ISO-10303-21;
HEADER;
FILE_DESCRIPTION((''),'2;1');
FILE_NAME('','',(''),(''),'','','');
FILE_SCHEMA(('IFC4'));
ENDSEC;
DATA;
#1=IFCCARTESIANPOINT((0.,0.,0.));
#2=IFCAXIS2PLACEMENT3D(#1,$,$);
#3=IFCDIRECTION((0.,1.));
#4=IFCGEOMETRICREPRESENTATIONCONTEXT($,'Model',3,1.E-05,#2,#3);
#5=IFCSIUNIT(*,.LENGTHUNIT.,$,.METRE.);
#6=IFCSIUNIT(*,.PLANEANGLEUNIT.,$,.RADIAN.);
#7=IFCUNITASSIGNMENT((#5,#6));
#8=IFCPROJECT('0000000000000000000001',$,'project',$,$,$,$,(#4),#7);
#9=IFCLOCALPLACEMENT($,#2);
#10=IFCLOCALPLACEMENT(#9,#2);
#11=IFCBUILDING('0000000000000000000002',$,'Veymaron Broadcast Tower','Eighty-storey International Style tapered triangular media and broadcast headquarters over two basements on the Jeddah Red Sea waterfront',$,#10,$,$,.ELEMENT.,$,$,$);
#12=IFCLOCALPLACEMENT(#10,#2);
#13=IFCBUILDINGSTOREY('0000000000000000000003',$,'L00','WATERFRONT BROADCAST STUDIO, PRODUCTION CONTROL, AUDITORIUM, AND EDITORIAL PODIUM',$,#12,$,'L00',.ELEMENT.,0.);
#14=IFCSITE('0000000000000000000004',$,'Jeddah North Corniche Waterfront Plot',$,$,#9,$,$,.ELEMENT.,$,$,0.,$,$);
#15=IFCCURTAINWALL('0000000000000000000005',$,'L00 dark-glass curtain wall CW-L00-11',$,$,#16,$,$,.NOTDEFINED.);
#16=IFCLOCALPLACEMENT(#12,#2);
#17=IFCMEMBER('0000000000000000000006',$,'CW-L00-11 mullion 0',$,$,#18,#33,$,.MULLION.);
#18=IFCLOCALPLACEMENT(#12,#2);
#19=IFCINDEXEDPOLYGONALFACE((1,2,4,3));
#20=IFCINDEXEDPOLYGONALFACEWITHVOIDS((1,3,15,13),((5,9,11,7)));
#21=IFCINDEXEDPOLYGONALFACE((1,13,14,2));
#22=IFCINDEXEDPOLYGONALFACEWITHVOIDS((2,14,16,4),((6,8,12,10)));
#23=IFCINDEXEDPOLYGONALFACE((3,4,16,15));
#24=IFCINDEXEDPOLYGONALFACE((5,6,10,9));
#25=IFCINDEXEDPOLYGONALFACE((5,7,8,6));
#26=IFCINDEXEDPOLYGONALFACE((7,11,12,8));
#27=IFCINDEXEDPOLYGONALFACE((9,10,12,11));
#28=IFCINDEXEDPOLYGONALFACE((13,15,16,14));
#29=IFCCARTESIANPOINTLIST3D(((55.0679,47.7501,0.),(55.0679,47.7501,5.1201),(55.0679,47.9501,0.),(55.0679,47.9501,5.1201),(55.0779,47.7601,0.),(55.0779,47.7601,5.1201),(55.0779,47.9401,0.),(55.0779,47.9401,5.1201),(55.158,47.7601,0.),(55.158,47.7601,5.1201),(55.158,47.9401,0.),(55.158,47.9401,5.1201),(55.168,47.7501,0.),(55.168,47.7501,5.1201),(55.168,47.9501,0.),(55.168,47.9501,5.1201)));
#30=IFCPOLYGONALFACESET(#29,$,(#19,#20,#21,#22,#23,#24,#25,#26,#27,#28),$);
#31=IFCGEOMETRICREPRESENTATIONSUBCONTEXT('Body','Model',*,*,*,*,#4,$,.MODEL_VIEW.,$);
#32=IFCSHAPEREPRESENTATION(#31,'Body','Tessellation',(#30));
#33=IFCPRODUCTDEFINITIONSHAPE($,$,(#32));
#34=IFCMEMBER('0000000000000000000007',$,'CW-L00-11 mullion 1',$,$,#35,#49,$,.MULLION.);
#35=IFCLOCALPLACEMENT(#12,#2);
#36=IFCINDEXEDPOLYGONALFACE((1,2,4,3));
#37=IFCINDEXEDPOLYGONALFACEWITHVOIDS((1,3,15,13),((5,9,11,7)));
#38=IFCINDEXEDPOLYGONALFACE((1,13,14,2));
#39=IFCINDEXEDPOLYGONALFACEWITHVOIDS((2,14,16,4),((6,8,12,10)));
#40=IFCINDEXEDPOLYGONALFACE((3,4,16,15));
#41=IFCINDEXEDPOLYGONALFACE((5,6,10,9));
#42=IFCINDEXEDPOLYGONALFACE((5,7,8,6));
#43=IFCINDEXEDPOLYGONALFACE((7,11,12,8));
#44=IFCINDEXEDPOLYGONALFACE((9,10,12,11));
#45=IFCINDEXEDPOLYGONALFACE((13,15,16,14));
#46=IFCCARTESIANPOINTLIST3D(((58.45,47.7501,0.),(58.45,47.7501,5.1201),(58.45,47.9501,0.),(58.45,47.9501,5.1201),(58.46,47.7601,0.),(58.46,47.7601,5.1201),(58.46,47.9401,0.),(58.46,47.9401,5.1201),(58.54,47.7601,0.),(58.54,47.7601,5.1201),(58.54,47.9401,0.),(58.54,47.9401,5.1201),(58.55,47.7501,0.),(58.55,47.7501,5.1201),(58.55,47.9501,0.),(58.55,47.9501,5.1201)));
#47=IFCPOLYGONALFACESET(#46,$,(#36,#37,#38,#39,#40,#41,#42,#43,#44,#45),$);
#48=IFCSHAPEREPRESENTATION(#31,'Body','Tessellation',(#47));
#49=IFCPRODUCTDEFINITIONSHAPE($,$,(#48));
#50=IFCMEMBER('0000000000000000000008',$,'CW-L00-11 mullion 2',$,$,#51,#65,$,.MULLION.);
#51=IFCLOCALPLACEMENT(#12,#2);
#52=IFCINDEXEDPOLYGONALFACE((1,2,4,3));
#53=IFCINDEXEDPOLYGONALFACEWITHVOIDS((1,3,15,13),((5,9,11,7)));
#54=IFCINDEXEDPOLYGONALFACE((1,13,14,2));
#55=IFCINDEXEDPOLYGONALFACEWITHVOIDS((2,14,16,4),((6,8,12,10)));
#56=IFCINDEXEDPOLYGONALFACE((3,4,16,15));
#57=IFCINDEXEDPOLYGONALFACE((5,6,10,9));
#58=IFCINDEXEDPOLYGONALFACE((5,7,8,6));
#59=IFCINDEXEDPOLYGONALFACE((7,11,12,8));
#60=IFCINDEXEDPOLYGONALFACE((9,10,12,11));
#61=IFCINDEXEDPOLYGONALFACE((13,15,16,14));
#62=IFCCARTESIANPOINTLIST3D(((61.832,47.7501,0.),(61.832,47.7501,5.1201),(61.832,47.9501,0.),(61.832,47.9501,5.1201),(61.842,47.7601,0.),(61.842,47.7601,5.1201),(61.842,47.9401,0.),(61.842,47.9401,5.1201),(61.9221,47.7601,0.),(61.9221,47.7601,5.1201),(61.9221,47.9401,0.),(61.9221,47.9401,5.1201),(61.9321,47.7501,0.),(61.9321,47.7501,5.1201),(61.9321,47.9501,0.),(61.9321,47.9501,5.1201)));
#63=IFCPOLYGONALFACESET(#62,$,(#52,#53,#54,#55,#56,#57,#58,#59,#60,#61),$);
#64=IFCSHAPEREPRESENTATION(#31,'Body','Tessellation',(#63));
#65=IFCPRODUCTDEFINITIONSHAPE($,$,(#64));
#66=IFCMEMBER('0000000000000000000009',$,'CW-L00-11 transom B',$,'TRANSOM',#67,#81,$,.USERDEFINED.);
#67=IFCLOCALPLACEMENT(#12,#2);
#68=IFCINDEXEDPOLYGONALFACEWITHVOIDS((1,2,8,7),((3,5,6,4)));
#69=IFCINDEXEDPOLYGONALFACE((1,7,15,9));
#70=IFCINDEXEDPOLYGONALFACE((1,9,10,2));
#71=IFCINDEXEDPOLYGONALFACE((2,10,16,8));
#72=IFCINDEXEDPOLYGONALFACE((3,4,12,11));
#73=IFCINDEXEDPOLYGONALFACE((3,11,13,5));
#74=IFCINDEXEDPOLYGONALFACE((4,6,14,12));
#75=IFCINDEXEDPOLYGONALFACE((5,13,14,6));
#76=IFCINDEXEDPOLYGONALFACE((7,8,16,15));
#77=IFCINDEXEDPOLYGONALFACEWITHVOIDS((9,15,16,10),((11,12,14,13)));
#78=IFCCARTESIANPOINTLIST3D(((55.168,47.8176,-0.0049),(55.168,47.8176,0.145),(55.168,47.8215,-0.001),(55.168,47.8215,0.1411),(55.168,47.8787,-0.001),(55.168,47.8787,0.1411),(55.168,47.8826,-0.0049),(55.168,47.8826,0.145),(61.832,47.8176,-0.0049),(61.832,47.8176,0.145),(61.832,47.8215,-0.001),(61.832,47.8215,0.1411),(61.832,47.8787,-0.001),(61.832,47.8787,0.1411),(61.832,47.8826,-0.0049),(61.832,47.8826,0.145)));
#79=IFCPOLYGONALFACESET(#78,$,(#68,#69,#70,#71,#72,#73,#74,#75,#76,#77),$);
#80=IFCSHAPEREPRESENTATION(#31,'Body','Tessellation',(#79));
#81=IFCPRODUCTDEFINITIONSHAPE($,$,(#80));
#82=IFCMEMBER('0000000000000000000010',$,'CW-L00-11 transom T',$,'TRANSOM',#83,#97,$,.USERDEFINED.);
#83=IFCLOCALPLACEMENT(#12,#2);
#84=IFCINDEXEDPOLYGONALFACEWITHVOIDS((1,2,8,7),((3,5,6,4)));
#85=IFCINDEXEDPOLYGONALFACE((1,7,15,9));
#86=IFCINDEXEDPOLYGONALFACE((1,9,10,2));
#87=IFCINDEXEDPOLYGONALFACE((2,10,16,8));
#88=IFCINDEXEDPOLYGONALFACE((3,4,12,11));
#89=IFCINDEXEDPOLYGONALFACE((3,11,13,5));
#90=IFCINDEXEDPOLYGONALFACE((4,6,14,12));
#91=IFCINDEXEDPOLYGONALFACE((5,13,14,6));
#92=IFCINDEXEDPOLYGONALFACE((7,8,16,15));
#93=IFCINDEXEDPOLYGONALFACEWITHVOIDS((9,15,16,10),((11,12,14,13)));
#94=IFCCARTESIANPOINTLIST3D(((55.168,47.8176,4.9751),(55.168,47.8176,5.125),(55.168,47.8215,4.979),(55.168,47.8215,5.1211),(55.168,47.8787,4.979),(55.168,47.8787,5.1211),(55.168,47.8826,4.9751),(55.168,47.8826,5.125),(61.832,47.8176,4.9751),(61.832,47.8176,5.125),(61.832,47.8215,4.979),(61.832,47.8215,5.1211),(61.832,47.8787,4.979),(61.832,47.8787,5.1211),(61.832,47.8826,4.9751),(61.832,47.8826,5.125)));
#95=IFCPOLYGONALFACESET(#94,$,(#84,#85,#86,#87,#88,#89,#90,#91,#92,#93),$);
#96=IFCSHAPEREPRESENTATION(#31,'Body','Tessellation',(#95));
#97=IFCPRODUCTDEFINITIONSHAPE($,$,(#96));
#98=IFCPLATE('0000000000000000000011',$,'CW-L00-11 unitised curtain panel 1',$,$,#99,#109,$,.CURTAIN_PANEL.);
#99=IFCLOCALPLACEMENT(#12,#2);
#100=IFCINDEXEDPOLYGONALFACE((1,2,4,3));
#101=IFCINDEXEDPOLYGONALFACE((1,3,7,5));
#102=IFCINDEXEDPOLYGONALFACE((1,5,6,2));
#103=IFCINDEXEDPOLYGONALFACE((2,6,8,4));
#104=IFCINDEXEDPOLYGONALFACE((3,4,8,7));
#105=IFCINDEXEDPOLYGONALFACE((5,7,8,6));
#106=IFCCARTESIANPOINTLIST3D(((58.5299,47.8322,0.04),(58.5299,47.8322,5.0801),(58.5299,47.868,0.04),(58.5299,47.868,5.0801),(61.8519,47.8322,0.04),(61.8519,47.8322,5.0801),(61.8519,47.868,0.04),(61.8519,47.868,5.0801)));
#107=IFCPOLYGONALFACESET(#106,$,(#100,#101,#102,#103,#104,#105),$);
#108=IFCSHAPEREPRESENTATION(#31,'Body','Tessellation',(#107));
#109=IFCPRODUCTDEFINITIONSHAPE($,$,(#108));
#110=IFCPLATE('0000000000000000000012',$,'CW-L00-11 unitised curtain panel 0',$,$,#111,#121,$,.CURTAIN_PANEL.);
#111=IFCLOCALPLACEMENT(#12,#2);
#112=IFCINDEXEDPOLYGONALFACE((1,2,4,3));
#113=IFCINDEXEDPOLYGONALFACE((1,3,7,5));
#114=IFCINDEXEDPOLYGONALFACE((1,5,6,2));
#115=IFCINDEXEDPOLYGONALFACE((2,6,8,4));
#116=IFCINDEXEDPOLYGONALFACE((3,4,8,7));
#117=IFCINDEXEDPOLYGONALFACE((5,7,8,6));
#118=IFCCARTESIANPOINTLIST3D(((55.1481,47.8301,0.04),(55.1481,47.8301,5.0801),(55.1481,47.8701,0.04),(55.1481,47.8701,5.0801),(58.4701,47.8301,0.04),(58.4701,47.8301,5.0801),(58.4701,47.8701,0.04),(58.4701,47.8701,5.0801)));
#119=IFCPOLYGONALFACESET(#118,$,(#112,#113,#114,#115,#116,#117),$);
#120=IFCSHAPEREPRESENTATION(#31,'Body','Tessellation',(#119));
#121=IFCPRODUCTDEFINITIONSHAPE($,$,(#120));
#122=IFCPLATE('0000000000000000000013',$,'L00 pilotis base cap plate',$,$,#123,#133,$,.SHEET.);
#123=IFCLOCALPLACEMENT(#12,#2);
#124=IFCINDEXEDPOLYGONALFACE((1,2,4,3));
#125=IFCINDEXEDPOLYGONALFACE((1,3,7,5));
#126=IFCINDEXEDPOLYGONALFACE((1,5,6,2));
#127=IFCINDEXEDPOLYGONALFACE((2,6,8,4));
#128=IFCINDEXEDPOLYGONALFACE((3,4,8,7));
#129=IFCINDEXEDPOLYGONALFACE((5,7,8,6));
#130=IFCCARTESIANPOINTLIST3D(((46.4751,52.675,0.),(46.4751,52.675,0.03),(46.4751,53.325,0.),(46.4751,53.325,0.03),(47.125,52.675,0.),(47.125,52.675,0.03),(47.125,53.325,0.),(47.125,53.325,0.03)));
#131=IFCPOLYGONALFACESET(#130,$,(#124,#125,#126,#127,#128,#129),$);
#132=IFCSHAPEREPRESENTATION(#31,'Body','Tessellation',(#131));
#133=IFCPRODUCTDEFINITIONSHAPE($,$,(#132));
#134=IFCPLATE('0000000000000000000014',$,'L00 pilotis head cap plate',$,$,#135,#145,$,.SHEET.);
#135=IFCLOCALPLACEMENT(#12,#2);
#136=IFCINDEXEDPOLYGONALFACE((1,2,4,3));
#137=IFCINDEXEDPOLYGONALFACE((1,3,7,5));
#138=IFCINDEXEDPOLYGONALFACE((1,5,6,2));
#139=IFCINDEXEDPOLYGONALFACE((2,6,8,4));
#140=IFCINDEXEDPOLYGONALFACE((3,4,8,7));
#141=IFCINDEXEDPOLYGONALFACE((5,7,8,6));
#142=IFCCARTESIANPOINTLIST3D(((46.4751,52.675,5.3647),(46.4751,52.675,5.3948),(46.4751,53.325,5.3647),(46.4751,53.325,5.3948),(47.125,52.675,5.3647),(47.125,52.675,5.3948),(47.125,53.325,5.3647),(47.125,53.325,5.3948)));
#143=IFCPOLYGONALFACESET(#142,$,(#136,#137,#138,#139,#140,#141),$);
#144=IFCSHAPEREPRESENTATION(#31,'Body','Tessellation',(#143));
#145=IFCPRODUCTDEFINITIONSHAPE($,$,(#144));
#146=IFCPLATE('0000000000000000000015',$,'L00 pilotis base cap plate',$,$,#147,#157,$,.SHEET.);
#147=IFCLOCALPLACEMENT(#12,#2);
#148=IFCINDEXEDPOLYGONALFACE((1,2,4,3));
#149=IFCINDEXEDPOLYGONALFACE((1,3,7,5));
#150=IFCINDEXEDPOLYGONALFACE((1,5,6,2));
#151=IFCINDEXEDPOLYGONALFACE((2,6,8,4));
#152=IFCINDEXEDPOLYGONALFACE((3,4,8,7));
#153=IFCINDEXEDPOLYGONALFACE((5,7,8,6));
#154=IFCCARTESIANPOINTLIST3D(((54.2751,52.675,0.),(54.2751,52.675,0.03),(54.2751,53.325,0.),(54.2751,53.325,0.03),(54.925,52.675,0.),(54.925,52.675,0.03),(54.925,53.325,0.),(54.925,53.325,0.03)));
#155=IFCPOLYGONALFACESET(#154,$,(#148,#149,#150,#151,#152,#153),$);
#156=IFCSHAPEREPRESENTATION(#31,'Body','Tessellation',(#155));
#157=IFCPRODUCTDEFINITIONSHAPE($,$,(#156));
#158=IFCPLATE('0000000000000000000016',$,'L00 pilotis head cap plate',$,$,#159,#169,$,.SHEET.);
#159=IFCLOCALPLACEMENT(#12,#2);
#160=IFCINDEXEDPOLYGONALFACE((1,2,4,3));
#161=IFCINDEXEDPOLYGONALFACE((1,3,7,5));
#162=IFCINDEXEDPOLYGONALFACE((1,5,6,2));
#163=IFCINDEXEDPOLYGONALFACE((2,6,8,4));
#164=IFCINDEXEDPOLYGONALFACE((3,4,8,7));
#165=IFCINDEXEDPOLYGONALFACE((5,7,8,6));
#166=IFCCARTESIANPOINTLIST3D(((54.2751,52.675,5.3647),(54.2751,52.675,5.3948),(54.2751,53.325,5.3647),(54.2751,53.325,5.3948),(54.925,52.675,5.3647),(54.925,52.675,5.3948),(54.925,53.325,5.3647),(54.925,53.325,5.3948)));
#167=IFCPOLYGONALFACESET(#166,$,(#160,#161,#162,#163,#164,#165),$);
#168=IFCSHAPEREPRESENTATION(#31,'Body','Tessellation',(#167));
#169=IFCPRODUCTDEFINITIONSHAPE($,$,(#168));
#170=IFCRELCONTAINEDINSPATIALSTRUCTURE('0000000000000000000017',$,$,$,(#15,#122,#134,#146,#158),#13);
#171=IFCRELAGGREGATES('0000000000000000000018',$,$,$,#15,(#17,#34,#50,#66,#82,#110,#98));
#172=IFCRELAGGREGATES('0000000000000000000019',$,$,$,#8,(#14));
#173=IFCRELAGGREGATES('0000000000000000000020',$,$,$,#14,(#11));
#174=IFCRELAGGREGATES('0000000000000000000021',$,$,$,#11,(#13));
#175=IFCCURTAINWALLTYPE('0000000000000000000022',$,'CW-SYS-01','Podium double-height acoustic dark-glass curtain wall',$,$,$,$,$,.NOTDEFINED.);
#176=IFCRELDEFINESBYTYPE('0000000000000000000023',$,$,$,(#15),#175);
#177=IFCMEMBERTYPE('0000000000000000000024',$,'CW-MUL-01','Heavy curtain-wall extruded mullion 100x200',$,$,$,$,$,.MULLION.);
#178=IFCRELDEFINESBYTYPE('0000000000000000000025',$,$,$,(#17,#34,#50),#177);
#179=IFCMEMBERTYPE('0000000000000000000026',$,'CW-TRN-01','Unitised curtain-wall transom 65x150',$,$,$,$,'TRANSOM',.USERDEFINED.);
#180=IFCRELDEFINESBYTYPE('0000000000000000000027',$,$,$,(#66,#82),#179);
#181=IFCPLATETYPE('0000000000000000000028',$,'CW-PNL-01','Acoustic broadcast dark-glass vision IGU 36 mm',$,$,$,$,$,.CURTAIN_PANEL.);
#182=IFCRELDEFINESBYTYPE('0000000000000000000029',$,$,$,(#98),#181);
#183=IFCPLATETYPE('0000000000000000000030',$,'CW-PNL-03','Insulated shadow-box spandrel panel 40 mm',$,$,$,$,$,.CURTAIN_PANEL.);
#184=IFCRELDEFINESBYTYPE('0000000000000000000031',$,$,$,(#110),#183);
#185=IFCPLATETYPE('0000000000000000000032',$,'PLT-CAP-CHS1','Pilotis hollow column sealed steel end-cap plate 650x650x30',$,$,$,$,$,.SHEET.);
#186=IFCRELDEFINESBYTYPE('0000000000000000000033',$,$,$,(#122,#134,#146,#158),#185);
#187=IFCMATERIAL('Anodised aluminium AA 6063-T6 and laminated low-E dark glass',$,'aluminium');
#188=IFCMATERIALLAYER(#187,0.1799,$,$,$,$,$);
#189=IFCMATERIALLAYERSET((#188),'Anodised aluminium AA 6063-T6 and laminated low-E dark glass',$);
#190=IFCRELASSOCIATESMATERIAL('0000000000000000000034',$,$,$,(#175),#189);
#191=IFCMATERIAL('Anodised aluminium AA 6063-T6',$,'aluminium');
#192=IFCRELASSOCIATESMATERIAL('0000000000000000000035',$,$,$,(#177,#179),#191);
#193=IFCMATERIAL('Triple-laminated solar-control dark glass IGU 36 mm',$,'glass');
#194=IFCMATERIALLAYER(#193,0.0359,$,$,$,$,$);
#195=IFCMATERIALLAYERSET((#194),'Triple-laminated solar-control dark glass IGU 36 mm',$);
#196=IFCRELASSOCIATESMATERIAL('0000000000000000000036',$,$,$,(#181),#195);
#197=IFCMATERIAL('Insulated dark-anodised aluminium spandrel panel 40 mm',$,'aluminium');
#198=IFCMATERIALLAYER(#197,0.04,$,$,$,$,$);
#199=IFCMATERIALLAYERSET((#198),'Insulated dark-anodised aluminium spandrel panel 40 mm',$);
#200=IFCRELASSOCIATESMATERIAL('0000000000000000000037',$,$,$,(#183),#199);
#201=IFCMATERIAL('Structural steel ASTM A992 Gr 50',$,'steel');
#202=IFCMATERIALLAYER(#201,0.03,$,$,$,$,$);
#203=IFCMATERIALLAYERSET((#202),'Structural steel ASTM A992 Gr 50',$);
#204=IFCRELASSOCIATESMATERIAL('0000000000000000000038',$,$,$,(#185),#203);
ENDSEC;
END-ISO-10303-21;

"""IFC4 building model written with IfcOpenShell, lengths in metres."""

from ifc_helpers import new_model, si_unit, direction, frame, origin, origin_2d, place, context, subcontext, project, spatial, rectangle, hollow_rectangle, extrude, material, layer, layer_set, material_profile, profile_set, type_object, element, aggregate, save


model = new_model("IFC4")

# Units and contexts
model_context = context("Model", 3, precision=1e-05, world=origin(), true_north=direction((0.0, 1.0)))
body_context = subcontext(model_context, "Body", "Model", "MODEL_VIEW")
ifc_project = project(units=[si_unit("LENGTHUNIT", "METRE"), si_unit("PLANEANGLEUNIT", "RADIAN")], contexts=[model_context])

# Site, building, storey
site_placement = place(None, origin())
site = spatial("IfcSite", under=ifc_project, at=site_placement, Name="Jeddah North Corniche Waterfront Plot", CompositionType="ELEMENT", RefElevation=0.0)
building_placement = place(site_placement, origin())
building = spatial("IfcBuilding", under=site, at=building_placement, Name="Veymaron Broadcast Tower", Description="Eighty-storey International Style tapered triangular media and broadcast headquarters over two basements on the Jeddah Red Sea waterfront", CompositionType="ELEMENT")
storey_placement = place(building_placement, origin())
storey = spatial("IfcBuildingStorey", under=building, at=storey_placement, Name="L00", Description="WATERFRONT BROADCAST STUDIO, PRODUCTION CONTROL, AUDITORIUM, AND EDITORIAL PODIUM", LongName="L00", CompositionType="ELEMENT", Elevation=0.0)

# Shared definitions
ifc_material_1 = material(Name="Structural steel ASTM A992 Gr 50", Category="steel")

# Curtain wall, members, plates
ifc_material_2 = material(Name="Anodised aluminium AA 6063-T6 and laminated low-E dark glass", Category="aluminium")
ifc_layer_1 = layer(ifc_material_2, 0.1799)
ifc_layer_set_1 = layer_set([ifc_layer_1], Name="Anodised aluminium AA 6063-T6 and laminated low-E dark glass")
curtain_wall_type = type_object("IfcCurtainWallType", Name="CW-SYS-01", Description="Podium double-height acoustic dark-glass curtain wall", PredefinedType="NOTDEFINED", material=ifc_layer_set_1)
curtain_wall_placement = place(storey_placement, origin())
curtain_wall = element("IfcCurtainWall", 1, at=curtain_wall_placement, inside=storey, type_object=curtain_wall_type, Name="L00 dark-glass curtain wall CW-L00-11", PredefinedType="NOTDEFINED")
ifc_material_3 = material(Name="Anodised aluminium AA 6063-T6", Category="aluminium")
ifc_material_profile_1 = material_profile(ifc_material_3, hollow_rectangle(XDim=0.1001, YDim=0.2, WallThickness=0.01, at=origin_2d()), Name="RHS200X100X10")
ifc_profile_set_1 = profile_set([ifc_material_profile_1], Name="Anodised aluminium AA 6063-T6")
member_type_1 = type_object("IfcMemberType", Name="CW-MUL-01", Description="Heavy curtain-wall extruded mullion 100x200", PredefinedType="MULLION", material=ifc_profile_set_1)
member_1_placement = place(storey_placement, frame((55.1179, 47.8501, 0.0), z_axis=(0.0, 0.0, 1.0), x_axis=(1.0, 0.0, 0.0)))
member_1 = element("IfcMember", 2, at=member_1_placement, type_object=member_type_1, Name="CW-L00-11 mullion 0", PredefinedType="MULLION", context=body_context, shape_type="SweptSolid", body=[
    extrude(hollow_rectangle(XDim=0.1001, YDim=0.2, WallThickness=0.01, at=origin_2d()), origin(), (0.0, 0.0, 1.0), 5.1201),
])
member_2_placement = place(storey_placement, frame((58.5, 47.8501, 0.0), z_axis=(0.0, 0.0, 1.0), x_axis=(1.0, 0.0, 0.0)))
member_2 = element("IfcMember", 3, at=member_2_placement, type_object=member_type_1, Name="CW-L00-11 mullion 1", PredefinedType="MULLION", context=body_context, shape_type="SweptSolid", body=[
    extrude(hollow_rectangle(XDim=0.1001, YDim=0.2, WallThickness=0.01, at=origin_2d()), origin(), (0.0, 0.0, 1.0), 5.1201),
])
member_3_placement = place(storey_placement, frame((61.8821, 47.8501, 0.0), z_axis=(0.0, 0.0, 1.0), x_axis=(1.0, 0.0, 0.0)))
member_3 = element("IfcMember", 4, at=member_3_placement, type_object=member_type_1, Name="CW-L00-11 mullion 2", PredefinedType="MULLION", context=body_context, shape_type="SweptSolid", body=[
    extrude(hollow_rectangle(XDim=0.1001, YDim=0.2, WallThickness=0.01, at=origin_2d()), origin(), (0.0, 0.0, 1.0), 5.1201),
])
ifc_material_profile_2 = material_profile(ifc_material_3, hollow_rectangle(XDim=0.0649, YDim=0.1499, WallThickness=0.0039, at=origin_2d()), Name="AL150X65X4")
ifc_profile_set_2 = profile_set([ifc_material_profile_2], Name="Anodised aluminium AA 6063-T6")
member_type_2 = type_object("IfcMemberType", Name="CW-TRN-01", Description="Unitised curtain-wall transom 65x150", ElementType="TRANSOM", PredefinedType="USERDEFINED", material=ifc_profile_set_2)
member_4_placement = place(storey_placement, frame((55.168, 47.8501, 0.0701), z_axis=(1.0, 0.0, 0.0), x_axis=(0.0, 1.0, 0.0)))
member_4 = element("IfcMember", 5, at=member_4_placement, type_object=member_type_2, Name="CW-L00-11 transom B", ObjectType="TRANSOM", PredefinedType="USERDEFINED", context=body_context, shape_type="SweptSolid", body=[
    extrude(hollow_rectangle(XDim=0.0649, YDim=0.1499, WallThickness=0.0039, at=origin_2d()), origin(), (0.0, 0.0, 1.0), 6.6641),
])
member_5_placement = place(storey_placement, frame((55.168, 47.8501, 5.05), z_axis=(1.0, 0.0, 0.0), x_axis=(0.0, 1.0, 0.0)))
member_5 = element("IfcMember", 6, at=member_5_placement, type_object=member_type_2, Name="CW-L00-11 transom T", ObjectType="TRANSOM", PredefinedType="USERDEFINED", context=body_context, shape_type="SweptSolid", body=[
    extrude(hollow_rectangle(XDim=0.0649, YDim=0.1499, WallThickness=0.0039, at=origin_2d()), origin(), (0.0, 0.0, 1.0), 6.6641),
])
ifc_material_4 = material(Name="Triple-laminated solar-control dark glass IGU 36 mm", Category="glass")
ifc_layer_2 = layer(ifc_material_4, 0.0359)
ifc_layer_set_2 = layer_set([ifc_layer_2], Name="Triple-laminated solar-control dark glass IGU 36 mm")
plate_type_1 = type_object("IfcPlateType", Name="CW-PNL-01", Description="Acoustic broadcast dark-glass vision IGU 36 mm", PredefinedType="CURTAIN_PANEL", material=ifc_layer_set_2)
plate_1_placement = place(storey_placement, frame((60.1909, 47.8501, 0.04), z_axis=(0.0, 0.0, 1.0), x_axis=(1.0, 0.0, 0.0)))
plate_1 = element("IfcPlate", 7, at=plate_1_placement, type_object=plate_type_1, Name="CW-L00-11 unitised curtain panel 1", PredefinedType="CURTAIN_PANEL", context=body_context, shape_type="SweptSolid", body=[
    extrude(rectangle(XDim=3.322, YDim=0.0359, at=origin_2d()), origin(), (0.0, 0.0, 1.0), 5.04),
])
ifc_material_5 = material(Name="Insulated dark-anodised aluminium spandrel panel 40 mm", Category="aluminium")
ifc_layer_3 = layer(ifc_material_5, 0.04)
ifc_layer_set_3 = layer_set([ifc_layer_3], Name="Insulated dark-anodised aluminium spandrel panel 40 mm")
plate_type_2 = type_object("IfcPlateType", Name="CW-PNL-03", Description="Insulated shadow-box spandrel panel 40 mm", PredefinedType="CURTAIN_PANEL", material=ifc_layer_set_3)
plate_2_placement = place(storey_placement, frame((56.8091, 47.8501, 0.04), z_axis=(0.0, 0.0, 1.0), x_axis=(1.0, 0.0, 0.0)))
plate_2 = element("IfcPlate", 8, at=plate_2_placement, type_object=plate_type_2, Name="CW-L00-11 unitised curtain panel 0", PredefinedType="CURTAIN_PANEL", context=body_context, shape_type="SweptSolid", body=[
    extrude(rectangle(XDim=3.322, YDim=0.04, at=origin_2d()), origin(), (0.0, 0.0, 1.0), 5.04),
])
aggregate(curtain_wall, [member_1, member_2, member_3, member_4, member_5, plate_2, plate_1])

# Plates
ifc_layer_4 = layer(ifc_material_1, 0.03)
ifc_layer_set_4 = layer_set([ifc_layer_4], Name="Structural steel ASTM A992 Gr 50")
plate_type_3 = type_object("IfcPlateType", Name="PLT-CAP-CHS1", Description="Pilotis hollow column sealed steel end-cap plate 650x650x30", PredefinedType="SHEET", material=ifc_layer_set_4)
for number, where, z_axis, x_axis, name in (
    (9, (46.8, 53.0, 0.0), (0.0, 0.0, 1.0), (1.0, 0.0, 0.0), "L00 pilotis base cap plate"),
    (10, (46.8, 53.0, 5.3647), (0.0, 0.0, 1.0), (1.0, 0.0, 0.0), "L00 pilotis head cap plate"),
    (11, (54.6001, 53.0, 0.0), (0.0, 0.0, 1.0), (1.0, 0.0, 0.0), "L00 pilotis base cap plate"),
    (12, (54.6001, 53.0, 5.3647), (0.0, 0.0, 1.0), (1.0, 0.0, 0.0), "L00 pilotis head cap plate"),
):
    element("IfcPlate", number, at=place(storey_placement, frame(where, z_axis=z_axis, x_axis=x_axis)), inside=storey, type_object=plate_type_3, Name=name, PredefinedType="SHEET", context=body_context, shape_type="SweptSolid", body=[
        extrude(rectangle(XDim=0.6499, YDim=0.6499, at=origin_2d()), origin(), (0.0, 0.0, 1.0), 0.03),
    ])

save(model, "model.ifc")
